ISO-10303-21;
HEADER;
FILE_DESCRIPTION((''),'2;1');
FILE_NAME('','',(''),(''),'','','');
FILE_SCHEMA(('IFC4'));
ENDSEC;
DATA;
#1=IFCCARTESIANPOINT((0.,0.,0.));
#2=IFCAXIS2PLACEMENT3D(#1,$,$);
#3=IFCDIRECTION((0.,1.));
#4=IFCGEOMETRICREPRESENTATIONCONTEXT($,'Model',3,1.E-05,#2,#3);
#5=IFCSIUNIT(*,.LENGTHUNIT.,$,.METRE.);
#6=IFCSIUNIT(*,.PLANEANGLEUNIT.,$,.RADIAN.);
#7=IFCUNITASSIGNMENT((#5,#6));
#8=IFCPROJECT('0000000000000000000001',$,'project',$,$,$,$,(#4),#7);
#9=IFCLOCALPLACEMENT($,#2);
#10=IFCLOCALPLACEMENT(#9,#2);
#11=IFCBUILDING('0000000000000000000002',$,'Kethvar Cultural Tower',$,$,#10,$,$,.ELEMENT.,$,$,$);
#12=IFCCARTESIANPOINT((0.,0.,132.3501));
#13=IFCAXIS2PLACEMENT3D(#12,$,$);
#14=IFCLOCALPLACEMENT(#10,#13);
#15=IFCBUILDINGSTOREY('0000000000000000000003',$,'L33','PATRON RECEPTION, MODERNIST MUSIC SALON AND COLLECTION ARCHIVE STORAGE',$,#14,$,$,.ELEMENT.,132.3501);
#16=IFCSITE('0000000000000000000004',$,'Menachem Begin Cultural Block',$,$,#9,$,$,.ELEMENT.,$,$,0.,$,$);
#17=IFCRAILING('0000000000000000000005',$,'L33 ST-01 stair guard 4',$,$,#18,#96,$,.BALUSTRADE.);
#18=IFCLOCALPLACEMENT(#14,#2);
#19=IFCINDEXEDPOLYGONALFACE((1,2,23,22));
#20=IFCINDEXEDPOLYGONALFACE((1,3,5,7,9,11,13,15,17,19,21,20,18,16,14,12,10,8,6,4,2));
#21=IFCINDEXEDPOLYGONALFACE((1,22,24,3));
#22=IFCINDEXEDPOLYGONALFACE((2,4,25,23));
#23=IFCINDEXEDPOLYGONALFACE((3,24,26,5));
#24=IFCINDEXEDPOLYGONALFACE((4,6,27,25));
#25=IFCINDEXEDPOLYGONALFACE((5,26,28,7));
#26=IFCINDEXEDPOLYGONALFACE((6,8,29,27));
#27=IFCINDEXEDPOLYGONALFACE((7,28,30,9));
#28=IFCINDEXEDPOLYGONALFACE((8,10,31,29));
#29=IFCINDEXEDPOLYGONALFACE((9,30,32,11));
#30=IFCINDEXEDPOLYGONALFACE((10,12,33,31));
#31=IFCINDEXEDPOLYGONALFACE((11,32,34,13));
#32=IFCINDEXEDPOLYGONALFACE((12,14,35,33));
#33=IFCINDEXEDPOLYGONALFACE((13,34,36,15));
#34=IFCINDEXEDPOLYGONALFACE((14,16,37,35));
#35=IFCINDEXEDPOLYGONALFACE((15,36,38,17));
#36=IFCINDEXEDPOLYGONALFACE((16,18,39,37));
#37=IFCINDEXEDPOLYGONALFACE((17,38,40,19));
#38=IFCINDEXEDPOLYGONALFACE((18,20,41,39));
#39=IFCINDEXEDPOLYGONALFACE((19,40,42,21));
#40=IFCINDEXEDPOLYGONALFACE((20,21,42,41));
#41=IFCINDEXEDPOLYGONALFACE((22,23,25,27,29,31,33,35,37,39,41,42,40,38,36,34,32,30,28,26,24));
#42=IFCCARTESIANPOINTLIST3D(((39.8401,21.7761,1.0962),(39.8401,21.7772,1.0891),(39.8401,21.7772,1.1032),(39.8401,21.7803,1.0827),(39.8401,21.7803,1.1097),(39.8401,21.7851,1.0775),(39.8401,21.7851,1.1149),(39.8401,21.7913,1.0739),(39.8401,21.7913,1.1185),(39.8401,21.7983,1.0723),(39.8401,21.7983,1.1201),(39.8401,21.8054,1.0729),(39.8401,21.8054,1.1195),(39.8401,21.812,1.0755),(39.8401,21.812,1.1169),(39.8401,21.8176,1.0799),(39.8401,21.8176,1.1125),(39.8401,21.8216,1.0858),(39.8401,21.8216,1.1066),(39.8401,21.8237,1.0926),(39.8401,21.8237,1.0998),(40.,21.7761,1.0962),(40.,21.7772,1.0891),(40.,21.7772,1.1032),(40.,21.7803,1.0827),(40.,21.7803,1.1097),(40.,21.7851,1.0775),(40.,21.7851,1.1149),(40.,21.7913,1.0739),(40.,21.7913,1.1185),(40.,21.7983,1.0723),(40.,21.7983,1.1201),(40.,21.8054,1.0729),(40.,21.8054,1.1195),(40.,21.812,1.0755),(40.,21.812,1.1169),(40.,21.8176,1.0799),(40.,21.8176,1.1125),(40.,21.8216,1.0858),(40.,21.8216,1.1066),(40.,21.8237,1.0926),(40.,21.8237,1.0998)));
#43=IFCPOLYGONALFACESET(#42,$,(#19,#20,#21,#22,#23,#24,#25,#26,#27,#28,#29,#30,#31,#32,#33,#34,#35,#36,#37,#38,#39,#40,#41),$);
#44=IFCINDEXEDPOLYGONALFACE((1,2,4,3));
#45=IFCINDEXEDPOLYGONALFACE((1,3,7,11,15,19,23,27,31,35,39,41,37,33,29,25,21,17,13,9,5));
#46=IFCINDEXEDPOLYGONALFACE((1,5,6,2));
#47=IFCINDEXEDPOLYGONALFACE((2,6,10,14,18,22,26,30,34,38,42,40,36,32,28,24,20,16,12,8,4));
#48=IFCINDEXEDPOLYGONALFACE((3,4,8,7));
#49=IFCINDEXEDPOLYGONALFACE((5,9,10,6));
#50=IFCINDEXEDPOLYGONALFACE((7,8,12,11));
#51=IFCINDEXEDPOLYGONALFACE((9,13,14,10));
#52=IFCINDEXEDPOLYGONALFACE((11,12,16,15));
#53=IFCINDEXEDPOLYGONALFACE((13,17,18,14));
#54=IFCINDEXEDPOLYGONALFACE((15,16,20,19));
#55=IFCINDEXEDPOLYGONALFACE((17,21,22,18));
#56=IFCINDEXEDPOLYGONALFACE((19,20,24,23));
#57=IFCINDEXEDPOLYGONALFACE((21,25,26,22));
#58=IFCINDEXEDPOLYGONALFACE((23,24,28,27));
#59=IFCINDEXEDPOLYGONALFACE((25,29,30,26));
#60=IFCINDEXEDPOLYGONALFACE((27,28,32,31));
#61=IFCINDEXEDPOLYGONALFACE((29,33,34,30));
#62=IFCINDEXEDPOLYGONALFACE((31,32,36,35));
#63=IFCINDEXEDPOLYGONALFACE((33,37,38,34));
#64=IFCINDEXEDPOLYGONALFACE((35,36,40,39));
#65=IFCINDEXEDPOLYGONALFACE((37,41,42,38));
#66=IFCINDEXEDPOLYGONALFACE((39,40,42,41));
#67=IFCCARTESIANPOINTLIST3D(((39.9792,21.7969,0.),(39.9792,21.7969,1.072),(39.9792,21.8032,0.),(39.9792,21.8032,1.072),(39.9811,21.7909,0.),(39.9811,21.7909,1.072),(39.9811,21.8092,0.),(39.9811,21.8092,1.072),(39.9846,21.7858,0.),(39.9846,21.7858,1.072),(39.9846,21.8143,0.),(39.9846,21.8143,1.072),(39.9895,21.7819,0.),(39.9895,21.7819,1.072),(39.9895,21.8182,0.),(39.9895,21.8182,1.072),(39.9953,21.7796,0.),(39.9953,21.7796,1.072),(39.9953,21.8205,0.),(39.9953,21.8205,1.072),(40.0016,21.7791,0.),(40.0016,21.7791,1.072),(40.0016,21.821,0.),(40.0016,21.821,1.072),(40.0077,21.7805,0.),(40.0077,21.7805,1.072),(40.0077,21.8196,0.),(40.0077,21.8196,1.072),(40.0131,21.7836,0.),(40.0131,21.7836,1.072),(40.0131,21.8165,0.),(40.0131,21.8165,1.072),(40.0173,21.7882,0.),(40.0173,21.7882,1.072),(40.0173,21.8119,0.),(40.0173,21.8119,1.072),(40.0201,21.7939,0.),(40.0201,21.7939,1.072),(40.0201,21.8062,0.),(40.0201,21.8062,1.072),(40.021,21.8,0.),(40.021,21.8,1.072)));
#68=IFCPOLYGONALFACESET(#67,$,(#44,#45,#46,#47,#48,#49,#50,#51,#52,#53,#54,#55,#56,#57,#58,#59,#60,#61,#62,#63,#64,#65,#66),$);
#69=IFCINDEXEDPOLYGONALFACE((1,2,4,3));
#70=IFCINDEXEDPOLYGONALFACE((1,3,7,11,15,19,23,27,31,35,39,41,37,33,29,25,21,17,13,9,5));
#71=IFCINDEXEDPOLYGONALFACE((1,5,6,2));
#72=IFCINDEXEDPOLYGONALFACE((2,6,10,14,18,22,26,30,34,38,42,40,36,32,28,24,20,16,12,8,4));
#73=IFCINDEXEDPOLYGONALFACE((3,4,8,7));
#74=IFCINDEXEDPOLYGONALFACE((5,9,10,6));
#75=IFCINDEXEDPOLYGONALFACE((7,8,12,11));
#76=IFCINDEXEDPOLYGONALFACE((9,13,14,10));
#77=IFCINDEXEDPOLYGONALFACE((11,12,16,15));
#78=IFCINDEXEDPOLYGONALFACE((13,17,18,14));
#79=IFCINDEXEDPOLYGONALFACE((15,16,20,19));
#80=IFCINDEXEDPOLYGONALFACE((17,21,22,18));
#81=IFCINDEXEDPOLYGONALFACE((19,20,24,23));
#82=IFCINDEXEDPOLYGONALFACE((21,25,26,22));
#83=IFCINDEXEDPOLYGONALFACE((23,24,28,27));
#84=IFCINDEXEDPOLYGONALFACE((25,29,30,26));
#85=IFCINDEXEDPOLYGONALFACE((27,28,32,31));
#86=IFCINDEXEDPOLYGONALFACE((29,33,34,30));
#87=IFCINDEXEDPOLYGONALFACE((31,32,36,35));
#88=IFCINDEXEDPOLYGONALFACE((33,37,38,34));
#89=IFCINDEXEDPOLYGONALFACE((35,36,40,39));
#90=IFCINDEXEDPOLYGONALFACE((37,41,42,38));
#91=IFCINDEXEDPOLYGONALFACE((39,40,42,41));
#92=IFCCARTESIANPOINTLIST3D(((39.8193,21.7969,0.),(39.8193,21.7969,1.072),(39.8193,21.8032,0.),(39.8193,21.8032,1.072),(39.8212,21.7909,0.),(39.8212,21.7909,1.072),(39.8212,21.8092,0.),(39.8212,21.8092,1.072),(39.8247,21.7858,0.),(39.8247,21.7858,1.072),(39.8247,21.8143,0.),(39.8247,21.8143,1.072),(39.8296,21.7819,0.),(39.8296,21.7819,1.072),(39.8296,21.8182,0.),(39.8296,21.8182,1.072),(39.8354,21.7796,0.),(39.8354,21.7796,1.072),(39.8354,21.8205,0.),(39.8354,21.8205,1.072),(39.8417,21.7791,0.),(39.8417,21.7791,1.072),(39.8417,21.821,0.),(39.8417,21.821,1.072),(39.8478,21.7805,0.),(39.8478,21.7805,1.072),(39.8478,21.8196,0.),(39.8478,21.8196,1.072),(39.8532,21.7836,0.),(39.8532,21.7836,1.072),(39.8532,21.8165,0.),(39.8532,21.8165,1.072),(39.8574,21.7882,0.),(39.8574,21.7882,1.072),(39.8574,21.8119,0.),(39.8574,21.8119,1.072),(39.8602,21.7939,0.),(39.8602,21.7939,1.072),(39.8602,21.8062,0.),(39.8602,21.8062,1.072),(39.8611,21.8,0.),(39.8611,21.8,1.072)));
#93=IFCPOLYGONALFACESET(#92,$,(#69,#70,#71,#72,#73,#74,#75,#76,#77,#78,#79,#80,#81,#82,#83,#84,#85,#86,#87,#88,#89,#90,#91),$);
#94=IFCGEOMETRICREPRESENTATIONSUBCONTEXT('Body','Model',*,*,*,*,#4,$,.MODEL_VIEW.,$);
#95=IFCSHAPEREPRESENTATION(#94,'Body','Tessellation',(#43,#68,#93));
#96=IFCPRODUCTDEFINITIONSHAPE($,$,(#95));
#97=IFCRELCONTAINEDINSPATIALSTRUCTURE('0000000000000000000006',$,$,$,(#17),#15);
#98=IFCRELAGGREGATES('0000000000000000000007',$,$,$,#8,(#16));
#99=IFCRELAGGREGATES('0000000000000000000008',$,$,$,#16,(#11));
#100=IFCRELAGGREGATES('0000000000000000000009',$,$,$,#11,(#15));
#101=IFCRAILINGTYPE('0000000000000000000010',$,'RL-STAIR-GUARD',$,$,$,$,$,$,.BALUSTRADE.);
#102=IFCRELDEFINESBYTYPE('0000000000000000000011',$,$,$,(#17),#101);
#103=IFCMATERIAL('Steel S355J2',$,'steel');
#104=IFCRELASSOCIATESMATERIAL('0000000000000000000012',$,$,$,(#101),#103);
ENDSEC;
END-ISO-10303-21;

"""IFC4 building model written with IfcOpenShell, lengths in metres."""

from ifc_helpers import new_model, si_unit, direction, frame, origin, origin_2d, place, context, subcontext, project, spatial, circle, extrude, material, type_object, element, save


model = new_model("IFC4")

# Units and contexts
model_context = context("Model", 3, precision=1e-05, world=origin(), true_north=direction((0.0, 1.0)))
body_context = subcontext(model_context, "Body", "Model", "MODEL_VIEW")
ifc_project = project(units=[si_unit("LENGTHUNIT", "METRE"), si_unit("PLANEANGLEUNIT", "RADIAN")], contexts=[model_context])

# Site, building, storey
site_placement = place(None, origin())
site = spatial("IfcSite", under=ifc_project, at=site_placement, Name="Menachem Begin Cultural Block", CompositionType="ELEMENT", RefElevation=0.0)
building_placement = place(site_placement, origin())
building = spatial("IfcBuilding", under=site, at=building_placement, Name="Kethvar Cultural Tower", CompositionType="ELEMENT")
storey_placement = place(building_placement, frame((0.0, 0.0, 132.3501)))
storey = spatial("IfcBuildingStorey", under=building, at=storey_placement, Name="L33", Description="PATRON RECEPTION, MODERNIST MUSIC SALON AND COLLECTION ARCHIVE STORAGE", CompositionType="ELEMENT", Elevation=132.3501)

# Shared definitions
ifc_material_1 = material(Name="Steel S355J2", Category="steel")

# Railing
railing_type_1 = type_object("IfcRailingType", Name="RL-STAIR-GUARD", PredefinedType="BALUSTRADE", material=ifc_material_1)
railing_1_placement = place(storey_placement, frame((40.0, 21.8, 0.0)))
element("IfcRailing", 1, at=railing_1_placement, inside=storey, type_object=railing_type_1, Name="L33 ST-01 stair guard 4", PredefinedType="BALUSTRADE", context=body_context, shape_type="SweptSolid", body=[
    extrude(circle(Radius=0.0239, at=origin_2d()), frame((0.0, 0.0, 1.0962), z_axis=(-1.0, 0.0, 0.0), x_axis=(0.0, -1.0, 0.0)), (0.0, 0.0, 1.0), 0.1599),
    extrude(circle(Radius=0.021, at=origin_2d()), origin(), (0.0, 0.0, 1.0), 1.072),
    extrude(circle(Radius=0.021, at=origin_2d()), frame((-0.1599, 0.0, 0.0)), (0.0, 0.0, 1.0), 1.072),
])

save(model, "model.ifc")
